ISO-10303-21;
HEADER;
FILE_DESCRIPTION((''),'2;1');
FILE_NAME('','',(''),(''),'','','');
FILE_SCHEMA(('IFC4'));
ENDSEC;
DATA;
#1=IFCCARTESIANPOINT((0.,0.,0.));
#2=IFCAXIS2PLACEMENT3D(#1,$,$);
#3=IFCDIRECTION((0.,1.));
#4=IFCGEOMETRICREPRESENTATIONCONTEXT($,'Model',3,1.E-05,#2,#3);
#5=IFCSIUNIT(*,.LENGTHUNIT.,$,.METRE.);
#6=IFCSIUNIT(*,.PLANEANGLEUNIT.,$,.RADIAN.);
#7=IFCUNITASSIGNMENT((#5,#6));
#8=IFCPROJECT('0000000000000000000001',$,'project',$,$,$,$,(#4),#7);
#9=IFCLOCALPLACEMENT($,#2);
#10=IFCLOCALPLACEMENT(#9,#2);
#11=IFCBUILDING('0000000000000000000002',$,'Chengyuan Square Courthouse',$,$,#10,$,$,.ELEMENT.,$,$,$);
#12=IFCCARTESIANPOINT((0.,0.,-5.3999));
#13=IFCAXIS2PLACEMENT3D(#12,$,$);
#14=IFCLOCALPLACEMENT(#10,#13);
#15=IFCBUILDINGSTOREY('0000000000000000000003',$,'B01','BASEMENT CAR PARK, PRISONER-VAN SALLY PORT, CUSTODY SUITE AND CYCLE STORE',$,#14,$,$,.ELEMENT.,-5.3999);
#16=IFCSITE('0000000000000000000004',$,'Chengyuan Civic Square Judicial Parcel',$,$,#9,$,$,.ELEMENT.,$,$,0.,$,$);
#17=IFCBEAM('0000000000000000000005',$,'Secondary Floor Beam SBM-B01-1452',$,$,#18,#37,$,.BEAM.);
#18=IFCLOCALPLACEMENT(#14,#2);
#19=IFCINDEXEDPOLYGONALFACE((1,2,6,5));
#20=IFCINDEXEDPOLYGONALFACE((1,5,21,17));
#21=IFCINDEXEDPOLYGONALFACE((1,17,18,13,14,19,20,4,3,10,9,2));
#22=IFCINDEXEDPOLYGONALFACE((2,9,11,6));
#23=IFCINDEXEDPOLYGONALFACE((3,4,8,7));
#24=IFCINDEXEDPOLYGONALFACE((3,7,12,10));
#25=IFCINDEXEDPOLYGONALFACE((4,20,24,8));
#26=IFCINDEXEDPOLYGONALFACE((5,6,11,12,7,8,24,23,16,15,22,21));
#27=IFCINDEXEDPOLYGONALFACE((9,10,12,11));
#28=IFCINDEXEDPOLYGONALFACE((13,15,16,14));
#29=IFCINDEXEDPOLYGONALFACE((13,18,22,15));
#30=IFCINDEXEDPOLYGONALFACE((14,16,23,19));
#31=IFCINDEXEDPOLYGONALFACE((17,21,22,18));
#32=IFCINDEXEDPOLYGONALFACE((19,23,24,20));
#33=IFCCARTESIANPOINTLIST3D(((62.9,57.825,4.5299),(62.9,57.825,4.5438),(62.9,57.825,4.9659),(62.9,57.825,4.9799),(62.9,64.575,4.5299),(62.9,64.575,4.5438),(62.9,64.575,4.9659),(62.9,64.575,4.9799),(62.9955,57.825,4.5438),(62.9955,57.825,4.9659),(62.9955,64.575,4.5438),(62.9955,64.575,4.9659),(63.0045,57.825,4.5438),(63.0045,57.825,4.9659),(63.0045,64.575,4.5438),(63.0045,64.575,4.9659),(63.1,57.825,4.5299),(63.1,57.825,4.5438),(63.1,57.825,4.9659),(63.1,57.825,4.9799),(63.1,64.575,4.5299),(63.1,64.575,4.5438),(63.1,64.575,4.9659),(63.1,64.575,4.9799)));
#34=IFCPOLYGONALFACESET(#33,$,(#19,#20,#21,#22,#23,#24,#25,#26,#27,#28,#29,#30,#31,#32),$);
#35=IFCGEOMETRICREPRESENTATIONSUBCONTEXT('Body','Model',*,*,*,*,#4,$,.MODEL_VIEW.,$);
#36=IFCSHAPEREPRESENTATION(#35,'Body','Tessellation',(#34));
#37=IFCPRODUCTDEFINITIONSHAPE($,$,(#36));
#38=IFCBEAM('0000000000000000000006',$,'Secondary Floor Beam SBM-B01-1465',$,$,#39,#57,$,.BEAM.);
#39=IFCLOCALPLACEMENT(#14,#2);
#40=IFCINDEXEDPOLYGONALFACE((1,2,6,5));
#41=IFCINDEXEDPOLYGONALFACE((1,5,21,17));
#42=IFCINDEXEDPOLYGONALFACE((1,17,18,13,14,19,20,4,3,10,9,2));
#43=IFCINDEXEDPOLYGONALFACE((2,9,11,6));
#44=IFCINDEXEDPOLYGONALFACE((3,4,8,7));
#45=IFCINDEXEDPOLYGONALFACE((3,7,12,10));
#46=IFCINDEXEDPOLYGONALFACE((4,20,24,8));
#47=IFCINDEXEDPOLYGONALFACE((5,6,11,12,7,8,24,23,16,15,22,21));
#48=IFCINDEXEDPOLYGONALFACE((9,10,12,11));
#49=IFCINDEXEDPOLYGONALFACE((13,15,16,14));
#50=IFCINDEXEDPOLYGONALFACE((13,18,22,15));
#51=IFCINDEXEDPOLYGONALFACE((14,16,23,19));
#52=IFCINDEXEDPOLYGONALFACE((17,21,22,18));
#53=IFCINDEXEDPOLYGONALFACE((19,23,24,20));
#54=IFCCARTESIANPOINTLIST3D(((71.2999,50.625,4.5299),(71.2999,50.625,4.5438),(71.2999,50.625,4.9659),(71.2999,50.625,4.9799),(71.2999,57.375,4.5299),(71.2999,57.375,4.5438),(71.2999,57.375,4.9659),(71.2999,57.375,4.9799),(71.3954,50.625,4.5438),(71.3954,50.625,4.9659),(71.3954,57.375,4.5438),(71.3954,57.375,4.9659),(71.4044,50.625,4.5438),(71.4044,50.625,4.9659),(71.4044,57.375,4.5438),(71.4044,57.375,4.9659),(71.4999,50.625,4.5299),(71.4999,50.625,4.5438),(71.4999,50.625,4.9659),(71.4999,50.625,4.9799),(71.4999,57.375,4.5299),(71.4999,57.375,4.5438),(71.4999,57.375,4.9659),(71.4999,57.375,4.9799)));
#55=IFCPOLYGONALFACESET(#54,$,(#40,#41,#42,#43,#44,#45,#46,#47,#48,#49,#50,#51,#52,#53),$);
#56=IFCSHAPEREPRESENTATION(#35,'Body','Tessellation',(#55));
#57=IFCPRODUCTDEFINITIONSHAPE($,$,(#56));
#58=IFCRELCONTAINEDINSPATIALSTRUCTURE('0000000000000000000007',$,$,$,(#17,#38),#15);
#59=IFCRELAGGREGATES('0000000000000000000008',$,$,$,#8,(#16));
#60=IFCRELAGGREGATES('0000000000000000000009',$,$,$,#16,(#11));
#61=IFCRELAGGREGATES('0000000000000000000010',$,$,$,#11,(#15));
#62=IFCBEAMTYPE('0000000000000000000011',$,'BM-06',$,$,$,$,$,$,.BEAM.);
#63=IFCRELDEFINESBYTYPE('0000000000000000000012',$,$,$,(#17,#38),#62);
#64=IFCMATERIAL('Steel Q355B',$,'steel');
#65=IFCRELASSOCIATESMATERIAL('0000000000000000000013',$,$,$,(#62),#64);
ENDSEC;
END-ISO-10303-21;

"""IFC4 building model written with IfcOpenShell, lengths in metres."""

from ifc_helpers import new_model, si_unit, direction, frame, origin, origin_2d, place, context, subcontext, project, spatial, i_section, extrude, material, material_profile, profile_set, type_object, element, save


model = new_model("IFC4")

# Units and contexts
model_context = context("Model", 3, precision=1e-05, world=origin(), true_north=direction((0.0, 1.0)))
body_context = subcontext(model_context, "Body", "Model", "MODEL_VIEW")
ifc_project = project(units=[si_unit("LENGTHUNIT", "METRE"), si_unit("PLANEANGLEUNIT", "RADIAN")], contexts=[model_context])

# Site, building, storey
site_placement = place(None, origin())
site = spatial("IfcSite", under=ifc_project, at=site_placement, Name="Chengyuan Civic Square Judicial Parcel", CompositionType="ELEMENT", RefElevation=0.0)
building_placement = place(site_placement, origin())
building = spatial("IfcBuilding", under=site, at=building_placement, Name="Chengyuan Square Courthouse", CompositionType="ELEMENT")
storey_placement = place(building_placement, frame((0.0, 0.0, -5.3999)))
storey = spatial("IfcBuildingStorey", under=building, at=storey_placement, Name="B01", Description="BASEMENT CAR PARK, PRISONER-VAN SALLY PORT, CUSTODY SUITE AND CYCLE STORE", CompositionType="ELEMENT", Elevation=-5.3999)

# Beams
ifc_material_1 = material(Name="Steel Q355B", Category="steel")
ifc_material_profile_1 = material_profile(ifc_material_1, i_section(OverallWidth=0.2, OverallDepth=0.45, WebThickness=0.009, FlangeThickness=0.0139, at=origin_2d()), Name="HN 450x200x9x14")
ifc_profile_set_1 = profile_set([ifc_material_profile_1], Name="Steel Q355B")
beam_type_1 = type_object("IfcBeamType", Name="BM-06", PredefinedType="BEAM", material=ifc_profile_set_1)
for number, where, z_axis, x_axis, name in (
    (1, (63.0, 57.825, 4.7549), (0.0, 1.0, 0.0), (-1.0, 0.0, 0.0), "Secondary Floor Beam SBM-B01-1452"),
    (2, (71.3999, 50.625, 4.7549), (0.0, 1.0, 0.0), (-1.0, 0.0, 0.0), "Secondary Floor Beam SBM-B01-1465"),
):
    element("IfcBeam", number, at=place(storey_placement, frame(where, z_axis=z_axis, x_axis=x_axis)), inside=storey, type_object=beam_type_1, Name=name, PredefinedType="BEAM", context=body_context, shape_type="SweptSolid", body=[
        extrude(i_section(OverallWidth=0.2, OverallDepth=0.45, WebThickness=0.009, FlangeThickness=0.0139, at=origin_2d()), origin(), (0.0, 0.0, 1.0), 6.75),
    ])

save(model, "model.ifc")
